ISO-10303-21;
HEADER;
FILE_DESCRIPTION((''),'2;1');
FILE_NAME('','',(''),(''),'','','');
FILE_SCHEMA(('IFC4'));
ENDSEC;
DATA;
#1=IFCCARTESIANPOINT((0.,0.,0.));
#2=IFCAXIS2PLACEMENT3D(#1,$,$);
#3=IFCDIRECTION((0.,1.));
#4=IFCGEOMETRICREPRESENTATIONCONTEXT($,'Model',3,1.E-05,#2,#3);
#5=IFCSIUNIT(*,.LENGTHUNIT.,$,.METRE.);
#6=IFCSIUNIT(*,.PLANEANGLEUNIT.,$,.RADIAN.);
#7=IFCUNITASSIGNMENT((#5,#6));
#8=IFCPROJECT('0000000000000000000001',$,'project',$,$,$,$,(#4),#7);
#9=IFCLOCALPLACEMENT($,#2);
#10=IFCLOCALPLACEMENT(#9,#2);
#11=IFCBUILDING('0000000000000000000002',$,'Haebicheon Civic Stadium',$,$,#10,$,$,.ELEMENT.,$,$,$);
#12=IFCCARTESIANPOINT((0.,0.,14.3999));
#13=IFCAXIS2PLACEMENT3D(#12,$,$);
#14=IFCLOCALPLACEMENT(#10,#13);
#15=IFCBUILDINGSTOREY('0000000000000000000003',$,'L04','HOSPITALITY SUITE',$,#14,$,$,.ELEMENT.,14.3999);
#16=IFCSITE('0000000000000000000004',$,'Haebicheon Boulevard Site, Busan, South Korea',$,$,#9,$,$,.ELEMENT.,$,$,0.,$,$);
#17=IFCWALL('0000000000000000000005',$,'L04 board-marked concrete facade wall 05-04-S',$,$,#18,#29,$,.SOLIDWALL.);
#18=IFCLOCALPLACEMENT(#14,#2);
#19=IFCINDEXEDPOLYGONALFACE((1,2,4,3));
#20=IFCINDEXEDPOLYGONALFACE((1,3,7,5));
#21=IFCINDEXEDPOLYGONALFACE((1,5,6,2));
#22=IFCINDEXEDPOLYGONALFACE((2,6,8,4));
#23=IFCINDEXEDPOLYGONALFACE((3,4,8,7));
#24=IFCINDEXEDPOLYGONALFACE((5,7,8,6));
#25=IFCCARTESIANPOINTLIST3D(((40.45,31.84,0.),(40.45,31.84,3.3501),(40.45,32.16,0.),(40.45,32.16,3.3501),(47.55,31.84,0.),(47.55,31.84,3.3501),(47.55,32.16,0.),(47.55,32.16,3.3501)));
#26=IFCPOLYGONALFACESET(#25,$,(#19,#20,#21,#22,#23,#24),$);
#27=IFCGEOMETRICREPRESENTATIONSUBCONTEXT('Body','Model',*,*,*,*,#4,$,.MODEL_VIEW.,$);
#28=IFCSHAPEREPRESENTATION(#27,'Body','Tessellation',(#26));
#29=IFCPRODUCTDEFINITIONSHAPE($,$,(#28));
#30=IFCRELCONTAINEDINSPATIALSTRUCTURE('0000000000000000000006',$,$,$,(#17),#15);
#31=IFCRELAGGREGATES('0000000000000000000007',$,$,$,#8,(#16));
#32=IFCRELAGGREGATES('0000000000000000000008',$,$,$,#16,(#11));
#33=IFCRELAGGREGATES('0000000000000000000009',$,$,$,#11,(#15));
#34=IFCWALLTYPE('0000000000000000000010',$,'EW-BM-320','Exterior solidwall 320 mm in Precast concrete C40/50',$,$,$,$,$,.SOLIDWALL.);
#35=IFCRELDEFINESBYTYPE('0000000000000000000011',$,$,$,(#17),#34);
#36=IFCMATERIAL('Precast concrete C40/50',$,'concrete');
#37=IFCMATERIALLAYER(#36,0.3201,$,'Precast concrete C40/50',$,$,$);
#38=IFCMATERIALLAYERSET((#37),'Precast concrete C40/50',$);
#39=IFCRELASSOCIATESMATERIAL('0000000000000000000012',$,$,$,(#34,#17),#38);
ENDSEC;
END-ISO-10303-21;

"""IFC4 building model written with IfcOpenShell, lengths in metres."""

from ifc_helpers import new_model, si_unit, direction, frame, frame_2d, origin, place, context, subcontext, project, spatial, rectangle, extrude, material, layer, layer_set, type_object, element, save


model = new_model("IFC4")

# Units and contexts
model_context = context("Model", 3, precision=1e-05, world=origin(), true_north=direction((0.0, 1.0)))
body_context = subcontext(model_context, "Body", "Model", "MODEL_VIEW")
ifc_project = project(units=[si_unit("LENGTHUNIT", "METRE"), si_unit("PLANEANGLEUNIT", "RADIAN")], contexts=[model_context])

# Site, building, storey
site_placement = place(None, origin())
site = spatial("IfcSite", under=ifc_project, at=site_placement, Name="Haebicheon Boulevard Site, Busan, South Korea", CompositionType="ELEMENT", RefElevation=0.0)
building_placement = place(site_placement, origin())
building = spatial("IfcBuilding", under=site, at=building_placement, Name="Haebicheon Civic Stadium", CompositionType="ELEMENT")
storey_placement = place(building_placement, frame((0.0, 0.0, 14.3999)))
storey = spatial("IfcBuildingStorey", under=building, at=storey_placement, Name="L04", Description="HOSPITALITY SUITE", CompositionType="ELEMENT", Elevation=14.3999)

# Wall
ifc_material_1 = material(Name="Precast concrete C40/50", Category="concrete")
ifc_layer_1 = layer(ifc_material_1, 0.3201, Name="Precast concrete C40/50")
ifc_layer_set_1 = layer_set([ifc_layer_1], Name="Precast concrete C40/50")
wall_type = type_object("IfcWallType", Name="EW-BM-320", Description="Exterior solidwall 320 mm in Precast concrete C40/50", PredefinedType="SOLIDWALL", material=ifc_layer_set_1)
wall_placement = place(storey_placement, frame((40.45, 32.0, 0.0), z_axis=(0.0, 0.0, 1.0), x_axis=(1.0, 0.0, 0.0)))
element("IfcWall", 1, at=wall_placement, inside=storey, type_object=wall_type, material=ifc_layer_set_1, Name="L04 board-marked concrete facade wall 05-04-S", PredefinedType="SOLIDWALL", context=body_context, shape_type="SweptSolid", body=[
    extrude(rectangle(XDim=7.1001, YDim=0.3201, at=frame_2d((3.55, 0.0))), origin(), (0.0, 0.0, 1.0), 3.3501),
])

save(model, "model.ifc")
